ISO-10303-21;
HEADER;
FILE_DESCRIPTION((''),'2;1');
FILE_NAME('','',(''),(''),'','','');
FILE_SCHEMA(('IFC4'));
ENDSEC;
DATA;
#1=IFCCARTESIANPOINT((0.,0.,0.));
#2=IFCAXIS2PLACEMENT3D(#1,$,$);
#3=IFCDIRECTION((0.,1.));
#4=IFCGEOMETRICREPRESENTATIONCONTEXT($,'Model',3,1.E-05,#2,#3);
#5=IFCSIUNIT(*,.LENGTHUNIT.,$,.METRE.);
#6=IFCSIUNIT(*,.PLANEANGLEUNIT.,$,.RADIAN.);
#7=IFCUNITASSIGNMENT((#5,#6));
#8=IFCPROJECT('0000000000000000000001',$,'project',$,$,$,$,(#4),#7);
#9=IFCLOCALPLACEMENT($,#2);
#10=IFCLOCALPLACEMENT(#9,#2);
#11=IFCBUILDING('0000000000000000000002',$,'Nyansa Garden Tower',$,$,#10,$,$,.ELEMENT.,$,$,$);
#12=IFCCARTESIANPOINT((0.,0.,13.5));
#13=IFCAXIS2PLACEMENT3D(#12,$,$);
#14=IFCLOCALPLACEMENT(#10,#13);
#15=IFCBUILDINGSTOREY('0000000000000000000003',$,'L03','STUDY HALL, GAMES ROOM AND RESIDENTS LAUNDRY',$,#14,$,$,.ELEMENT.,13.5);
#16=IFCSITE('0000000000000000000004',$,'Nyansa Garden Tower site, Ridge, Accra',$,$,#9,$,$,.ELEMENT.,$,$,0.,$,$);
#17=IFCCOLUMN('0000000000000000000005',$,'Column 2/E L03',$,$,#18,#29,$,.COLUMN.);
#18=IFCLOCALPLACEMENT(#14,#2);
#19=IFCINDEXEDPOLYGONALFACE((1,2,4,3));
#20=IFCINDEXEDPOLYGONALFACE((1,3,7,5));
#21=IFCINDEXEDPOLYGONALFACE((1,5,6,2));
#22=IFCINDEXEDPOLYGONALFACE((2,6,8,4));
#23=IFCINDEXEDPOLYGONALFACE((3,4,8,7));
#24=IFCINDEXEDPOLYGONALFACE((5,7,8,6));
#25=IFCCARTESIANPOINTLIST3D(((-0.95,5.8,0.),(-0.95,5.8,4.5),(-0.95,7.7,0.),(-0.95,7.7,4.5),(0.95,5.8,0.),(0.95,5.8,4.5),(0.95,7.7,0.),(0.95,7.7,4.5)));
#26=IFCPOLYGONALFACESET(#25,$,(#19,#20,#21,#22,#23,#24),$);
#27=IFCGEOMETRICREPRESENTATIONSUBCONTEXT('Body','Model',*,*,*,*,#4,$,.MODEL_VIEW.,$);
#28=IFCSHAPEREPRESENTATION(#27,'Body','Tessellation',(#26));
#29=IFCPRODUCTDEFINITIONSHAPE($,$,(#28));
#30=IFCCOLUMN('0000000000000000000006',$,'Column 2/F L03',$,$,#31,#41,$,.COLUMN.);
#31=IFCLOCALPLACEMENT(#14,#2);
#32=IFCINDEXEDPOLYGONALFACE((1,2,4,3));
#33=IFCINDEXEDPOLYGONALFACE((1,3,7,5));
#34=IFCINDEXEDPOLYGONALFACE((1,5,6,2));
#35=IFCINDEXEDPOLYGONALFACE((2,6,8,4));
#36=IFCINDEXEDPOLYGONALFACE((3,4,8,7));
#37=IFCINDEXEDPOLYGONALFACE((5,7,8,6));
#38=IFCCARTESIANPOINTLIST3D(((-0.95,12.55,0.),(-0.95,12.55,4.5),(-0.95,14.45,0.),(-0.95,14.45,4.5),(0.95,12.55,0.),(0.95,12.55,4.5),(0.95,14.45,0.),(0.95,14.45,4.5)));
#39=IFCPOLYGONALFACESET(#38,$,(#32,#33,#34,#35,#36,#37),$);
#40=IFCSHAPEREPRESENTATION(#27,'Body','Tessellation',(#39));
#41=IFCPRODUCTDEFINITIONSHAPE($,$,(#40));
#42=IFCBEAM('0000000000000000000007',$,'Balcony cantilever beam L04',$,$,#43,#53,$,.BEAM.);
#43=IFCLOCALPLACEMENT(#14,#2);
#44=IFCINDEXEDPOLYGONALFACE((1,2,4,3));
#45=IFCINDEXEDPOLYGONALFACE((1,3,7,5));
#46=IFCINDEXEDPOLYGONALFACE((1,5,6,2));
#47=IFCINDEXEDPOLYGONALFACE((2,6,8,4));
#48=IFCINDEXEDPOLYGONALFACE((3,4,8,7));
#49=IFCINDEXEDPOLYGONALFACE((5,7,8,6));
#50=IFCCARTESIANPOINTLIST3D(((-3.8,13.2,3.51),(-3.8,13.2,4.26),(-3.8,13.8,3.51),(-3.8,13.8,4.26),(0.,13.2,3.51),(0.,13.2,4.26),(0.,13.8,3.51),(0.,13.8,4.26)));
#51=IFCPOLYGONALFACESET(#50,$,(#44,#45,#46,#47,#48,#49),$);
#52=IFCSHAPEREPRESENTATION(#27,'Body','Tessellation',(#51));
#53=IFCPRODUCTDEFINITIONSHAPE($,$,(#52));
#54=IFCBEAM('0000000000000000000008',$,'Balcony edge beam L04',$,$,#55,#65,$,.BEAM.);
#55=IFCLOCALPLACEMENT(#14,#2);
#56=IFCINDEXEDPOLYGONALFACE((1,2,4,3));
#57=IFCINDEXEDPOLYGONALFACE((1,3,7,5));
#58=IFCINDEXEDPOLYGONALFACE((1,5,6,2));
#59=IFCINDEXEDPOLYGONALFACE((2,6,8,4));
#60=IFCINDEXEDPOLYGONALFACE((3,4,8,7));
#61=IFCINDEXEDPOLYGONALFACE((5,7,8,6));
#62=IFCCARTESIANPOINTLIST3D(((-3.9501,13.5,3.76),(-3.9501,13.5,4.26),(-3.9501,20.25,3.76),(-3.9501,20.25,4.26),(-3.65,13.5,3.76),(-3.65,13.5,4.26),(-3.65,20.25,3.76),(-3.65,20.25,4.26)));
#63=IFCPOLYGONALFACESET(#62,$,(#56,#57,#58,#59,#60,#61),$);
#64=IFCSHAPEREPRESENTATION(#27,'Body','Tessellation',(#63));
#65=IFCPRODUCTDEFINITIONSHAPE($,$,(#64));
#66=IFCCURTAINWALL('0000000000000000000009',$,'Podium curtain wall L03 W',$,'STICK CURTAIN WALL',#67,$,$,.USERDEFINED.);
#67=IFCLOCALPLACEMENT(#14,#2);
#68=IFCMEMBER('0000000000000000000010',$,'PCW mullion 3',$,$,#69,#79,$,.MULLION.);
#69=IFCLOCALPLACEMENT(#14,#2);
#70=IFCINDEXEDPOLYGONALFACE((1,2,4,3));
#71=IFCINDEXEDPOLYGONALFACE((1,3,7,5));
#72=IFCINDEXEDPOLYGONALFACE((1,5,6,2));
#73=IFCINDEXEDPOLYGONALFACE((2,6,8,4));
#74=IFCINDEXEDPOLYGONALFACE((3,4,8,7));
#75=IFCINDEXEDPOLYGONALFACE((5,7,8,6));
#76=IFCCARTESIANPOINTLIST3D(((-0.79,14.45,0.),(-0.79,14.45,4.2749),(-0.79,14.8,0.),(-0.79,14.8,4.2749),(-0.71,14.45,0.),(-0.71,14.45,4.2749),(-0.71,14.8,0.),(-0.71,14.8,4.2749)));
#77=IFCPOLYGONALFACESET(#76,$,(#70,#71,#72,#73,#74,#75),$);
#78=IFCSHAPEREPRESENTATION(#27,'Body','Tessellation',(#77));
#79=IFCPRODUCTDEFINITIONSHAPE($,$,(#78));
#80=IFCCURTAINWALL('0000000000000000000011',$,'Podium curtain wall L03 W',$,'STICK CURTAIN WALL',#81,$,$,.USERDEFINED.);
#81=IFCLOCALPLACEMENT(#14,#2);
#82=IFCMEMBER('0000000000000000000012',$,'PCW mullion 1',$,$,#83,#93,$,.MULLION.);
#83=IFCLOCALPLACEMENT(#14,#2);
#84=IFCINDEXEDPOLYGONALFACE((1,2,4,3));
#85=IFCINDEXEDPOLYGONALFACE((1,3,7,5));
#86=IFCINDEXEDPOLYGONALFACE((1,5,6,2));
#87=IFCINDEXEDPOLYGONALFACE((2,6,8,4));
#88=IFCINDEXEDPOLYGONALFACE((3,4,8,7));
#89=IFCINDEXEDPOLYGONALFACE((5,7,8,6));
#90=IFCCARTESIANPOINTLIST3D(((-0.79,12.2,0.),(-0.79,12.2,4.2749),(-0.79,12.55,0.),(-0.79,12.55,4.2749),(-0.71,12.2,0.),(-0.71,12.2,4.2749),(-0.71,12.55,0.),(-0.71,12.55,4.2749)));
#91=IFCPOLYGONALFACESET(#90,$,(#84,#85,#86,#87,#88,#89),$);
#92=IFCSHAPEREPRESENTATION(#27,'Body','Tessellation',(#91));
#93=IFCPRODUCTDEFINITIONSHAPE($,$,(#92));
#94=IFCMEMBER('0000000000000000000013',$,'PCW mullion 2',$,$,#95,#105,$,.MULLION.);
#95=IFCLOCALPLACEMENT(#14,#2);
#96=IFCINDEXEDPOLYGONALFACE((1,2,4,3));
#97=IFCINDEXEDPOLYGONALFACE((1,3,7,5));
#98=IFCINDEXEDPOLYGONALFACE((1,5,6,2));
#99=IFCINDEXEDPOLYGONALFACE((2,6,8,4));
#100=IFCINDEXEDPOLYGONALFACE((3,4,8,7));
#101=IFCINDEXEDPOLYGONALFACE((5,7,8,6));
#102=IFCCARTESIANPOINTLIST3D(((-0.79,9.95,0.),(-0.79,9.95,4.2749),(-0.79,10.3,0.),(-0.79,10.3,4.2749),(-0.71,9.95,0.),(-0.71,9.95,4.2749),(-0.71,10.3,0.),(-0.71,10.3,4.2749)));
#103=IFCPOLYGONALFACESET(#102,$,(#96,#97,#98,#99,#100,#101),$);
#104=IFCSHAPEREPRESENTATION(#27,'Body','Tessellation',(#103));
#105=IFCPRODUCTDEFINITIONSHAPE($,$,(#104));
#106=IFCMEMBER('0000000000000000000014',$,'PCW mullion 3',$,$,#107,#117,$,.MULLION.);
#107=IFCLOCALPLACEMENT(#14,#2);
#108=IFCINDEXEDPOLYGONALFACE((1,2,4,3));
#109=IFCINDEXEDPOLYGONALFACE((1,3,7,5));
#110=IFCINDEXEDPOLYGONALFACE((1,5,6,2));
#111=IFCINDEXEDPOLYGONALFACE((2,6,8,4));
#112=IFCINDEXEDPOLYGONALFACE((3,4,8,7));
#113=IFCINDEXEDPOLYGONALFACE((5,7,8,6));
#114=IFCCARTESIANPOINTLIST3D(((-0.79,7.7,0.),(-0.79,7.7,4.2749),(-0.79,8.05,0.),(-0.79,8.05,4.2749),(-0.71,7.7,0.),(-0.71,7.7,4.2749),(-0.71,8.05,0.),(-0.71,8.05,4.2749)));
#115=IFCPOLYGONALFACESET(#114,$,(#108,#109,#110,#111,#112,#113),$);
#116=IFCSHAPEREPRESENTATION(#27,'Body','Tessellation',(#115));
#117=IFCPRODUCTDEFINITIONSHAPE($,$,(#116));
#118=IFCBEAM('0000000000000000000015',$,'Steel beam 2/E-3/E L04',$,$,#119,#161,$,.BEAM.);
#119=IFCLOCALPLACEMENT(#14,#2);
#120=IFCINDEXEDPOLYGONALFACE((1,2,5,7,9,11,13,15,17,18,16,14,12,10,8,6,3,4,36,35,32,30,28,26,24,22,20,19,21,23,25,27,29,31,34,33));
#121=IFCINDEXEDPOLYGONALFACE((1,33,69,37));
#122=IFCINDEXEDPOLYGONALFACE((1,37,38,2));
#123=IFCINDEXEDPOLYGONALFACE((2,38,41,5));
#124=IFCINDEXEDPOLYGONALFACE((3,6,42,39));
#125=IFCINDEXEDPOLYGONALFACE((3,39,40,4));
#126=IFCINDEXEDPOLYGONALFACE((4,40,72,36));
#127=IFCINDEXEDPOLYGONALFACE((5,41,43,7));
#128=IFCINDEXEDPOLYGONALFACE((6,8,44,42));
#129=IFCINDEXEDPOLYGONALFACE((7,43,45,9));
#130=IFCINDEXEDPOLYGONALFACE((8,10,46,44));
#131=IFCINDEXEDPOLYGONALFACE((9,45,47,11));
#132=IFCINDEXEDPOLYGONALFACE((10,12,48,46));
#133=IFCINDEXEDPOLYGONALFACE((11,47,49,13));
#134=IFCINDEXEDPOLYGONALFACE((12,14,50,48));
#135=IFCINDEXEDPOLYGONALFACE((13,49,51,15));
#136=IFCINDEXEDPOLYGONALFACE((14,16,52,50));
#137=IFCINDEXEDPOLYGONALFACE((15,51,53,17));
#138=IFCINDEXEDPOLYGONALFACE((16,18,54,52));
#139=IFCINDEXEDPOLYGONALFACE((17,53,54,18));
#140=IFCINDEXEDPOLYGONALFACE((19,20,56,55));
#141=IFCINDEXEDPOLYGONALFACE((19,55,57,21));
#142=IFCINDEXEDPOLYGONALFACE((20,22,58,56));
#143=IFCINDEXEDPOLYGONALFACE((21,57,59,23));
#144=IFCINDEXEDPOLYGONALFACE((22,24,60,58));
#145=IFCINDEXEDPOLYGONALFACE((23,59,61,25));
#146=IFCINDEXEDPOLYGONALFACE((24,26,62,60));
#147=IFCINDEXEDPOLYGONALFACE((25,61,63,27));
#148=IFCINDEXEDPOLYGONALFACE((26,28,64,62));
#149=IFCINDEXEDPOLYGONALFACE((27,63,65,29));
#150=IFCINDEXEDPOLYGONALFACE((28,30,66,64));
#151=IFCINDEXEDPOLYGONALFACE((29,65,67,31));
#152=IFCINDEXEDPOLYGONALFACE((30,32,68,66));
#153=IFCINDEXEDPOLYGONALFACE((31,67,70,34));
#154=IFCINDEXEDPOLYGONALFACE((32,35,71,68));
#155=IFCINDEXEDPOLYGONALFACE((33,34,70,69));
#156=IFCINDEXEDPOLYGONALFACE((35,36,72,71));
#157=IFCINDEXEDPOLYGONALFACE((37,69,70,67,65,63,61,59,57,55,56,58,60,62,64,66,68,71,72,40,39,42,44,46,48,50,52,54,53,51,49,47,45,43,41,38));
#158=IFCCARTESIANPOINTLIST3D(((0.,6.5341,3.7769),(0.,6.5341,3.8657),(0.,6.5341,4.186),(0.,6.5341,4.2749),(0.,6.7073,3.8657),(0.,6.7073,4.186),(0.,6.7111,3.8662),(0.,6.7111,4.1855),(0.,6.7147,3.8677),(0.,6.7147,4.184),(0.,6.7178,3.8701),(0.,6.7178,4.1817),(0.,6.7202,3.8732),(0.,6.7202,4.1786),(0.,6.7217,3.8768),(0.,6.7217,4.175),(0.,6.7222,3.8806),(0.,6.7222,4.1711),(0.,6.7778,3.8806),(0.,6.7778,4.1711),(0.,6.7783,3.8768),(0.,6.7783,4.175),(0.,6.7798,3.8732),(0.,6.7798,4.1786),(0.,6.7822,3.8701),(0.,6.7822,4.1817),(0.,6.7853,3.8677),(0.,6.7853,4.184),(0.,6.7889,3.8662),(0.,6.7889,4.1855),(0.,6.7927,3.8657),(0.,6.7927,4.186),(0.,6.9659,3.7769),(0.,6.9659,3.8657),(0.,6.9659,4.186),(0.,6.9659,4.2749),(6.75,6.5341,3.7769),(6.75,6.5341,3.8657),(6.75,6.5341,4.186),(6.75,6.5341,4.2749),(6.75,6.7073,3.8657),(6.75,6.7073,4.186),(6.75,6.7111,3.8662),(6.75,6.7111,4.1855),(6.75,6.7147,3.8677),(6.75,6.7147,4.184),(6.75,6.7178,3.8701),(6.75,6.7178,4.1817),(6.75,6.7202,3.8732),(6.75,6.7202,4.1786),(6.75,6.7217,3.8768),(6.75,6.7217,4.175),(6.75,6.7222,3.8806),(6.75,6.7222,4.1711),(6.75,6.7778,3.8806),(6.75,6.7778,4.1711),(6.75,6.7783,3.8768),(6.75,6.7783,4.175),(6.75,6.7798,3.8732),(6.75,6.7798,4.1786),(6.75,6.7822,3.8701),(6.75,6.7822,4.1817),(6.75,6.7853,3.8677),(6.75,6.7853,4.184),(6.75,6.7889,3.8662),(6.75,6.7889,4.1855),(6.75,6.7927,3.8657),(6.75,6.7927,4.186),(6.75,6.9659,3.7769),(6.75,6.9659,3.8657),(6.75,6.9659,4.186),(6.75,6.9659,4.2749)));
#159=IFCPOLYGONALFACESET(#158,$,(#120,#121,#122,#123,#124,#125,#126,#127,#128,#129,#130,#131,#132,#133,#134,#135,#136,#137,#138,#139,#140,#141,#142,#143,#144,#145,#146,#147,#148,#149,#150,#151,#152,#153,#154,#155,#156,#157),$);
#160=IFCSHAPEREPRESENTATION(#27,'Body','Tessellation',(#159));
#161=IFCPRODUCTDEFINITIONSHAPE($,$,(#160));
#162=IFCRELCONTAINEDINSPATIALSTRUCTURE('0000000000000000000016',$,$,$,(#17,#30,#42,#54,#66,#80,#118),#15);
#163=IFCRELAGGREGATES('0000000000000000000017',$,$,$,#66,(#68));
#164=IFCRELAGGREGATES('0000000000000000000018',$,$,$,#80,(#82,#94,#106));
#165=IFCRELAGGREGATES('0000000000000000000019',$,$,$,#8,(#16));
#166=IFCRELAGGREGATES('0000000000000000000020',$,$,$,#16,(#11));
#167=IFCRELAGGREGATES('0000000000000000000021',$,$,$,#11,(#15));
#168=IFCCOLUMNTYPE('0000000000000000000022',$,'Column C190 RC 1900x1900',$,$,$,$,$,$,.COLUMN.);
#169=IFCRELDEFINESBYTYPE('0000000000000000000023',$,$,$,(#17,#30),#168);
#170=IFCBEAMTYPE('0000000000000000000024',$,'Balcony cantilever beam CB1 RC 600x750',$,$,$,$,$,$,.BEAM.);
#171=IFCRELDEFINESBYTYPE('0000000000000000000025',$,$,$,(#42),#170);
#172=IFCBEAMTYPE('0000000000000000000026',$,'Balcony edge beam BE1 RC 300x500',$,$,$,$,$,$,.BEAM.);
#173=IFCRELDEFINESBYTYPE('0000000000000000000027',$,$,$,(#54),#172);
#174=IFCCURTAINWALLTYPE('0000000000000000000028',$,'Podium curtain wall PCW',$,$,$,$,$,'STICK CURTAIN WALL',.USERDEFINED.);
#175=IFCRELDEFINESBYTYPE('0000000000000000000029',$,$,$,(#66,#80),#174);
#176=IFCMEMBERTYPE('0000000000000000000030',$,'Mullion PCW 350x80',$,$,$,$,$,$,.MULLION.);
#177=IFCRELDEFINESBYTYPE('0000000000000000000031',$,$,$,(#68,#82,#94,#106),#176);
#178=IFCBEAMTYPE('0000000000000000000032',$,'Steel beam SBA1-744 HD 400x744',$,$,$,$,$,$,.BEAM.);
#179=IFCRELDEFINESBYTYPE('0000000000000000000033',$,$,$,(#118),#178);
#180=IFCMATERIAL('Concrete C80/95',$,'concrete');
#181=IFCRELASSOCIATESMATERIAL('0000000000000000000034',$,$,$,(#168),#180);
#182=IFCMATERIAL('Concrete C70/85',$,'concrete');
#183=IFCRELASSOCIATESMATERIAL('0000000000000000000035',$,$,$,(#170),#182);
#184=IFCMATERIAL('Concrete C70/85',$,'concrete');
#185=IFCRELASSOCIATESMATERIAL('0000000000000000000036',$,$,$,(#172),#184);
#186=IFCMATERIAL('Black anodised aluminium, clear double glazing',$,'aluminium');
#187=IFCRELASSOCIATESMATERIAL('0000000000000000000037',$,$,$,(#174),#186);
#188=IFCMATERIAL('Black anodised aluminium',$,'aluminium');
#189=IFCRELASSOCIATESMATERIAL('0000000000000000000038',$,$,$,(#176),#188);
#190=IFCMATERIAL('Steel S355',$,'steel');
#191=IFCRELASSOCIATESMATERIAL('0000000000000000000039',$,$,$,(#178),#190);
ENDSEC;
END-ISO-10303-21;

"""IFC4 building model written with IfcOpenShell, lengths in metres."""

from ifc_helpers import new_model, si_unit, direction, frame, origin, origin_2d, place, context, subcontext, project, spatial, rectangle, i_section, extrude, material, material_profile, profile_set, type_object, element, aggregate, save


model = new_model("IFC4")

# Units and contexts
model_context = context("Model", 3, precision=1e-05, world=origin(), true_north=direction((0.0, 1.0)))
body_context = subcontext(model_context, "Body", "Model", "MODEL_VIEW")
ifc_project = project(units=[si_unit("LENGTHUNIT", "METRE"), si_unit("PLANEANGLEUNIT", "RADIAN")], contexts=[model_context])

# Site, building, storey
site_placement = place(None, origin())
site = spatial("IfcSite", under=ifc_project, at=site_placement, Name="Nyansa Garden Tower site, Ridge, Accra", CompositionType="ELEMENT", RefElevation=0.0)
building_placement = place(site_placement, origin())
building = spatial("IfcBuilding", under=site, at=building_placement, Name="Nyansa Garden Tower", CompositionType="ELEMENT")
storey_placement = place(building_placement, frame((0.0, 0.0, 13.5)))
storey = spatial("IfcBuildingStorey", under=building, at=storey_placement, Name="L03", Description="STUDY HALL, GAMES ROOM AND RESIDENTS LAUNDRY", CompositionType="ELEMENT", Elevation=13.5)

# Columns
ifc_material_1 = material(Name="Concrete C80/95", Category="concrete")
ifc_material_profile_1 = material_profile(ifc_material_1, rectangle(XDim=1.8999, YDim=1.8999, at=origin_2d()), Name="RC 1900x1900")
ifc_profile_set_1 = profile_set([ifc_material_profile_1], Name="Concrete C80/95")
column_type = type_object("IfcColumnType", Name="Column C190 RC 1900x1900", PredefinedType="COLUMN", material=ifc_profile_set_1)
for number, where, z_axis, x_axis, name in (
    (1, (0.0, 6.75, 0.0), (0.0, 0.0, 1.0), (1.0, 0.0, 0.0), "Column 2/E L03"),
    (2, (0.0, 13.5, 0.0), (0.0, 0.0, 1.0), (1.0, 0.0, 0.0), "Column 2/F L03"),
):
    element("IfcColumn", number, at=place(storey_placement, frame(where, z_axis=z_axis, x_axis=x_axis)), inside=storey, type_object=column_type, Name=name, PredefinedType="COLUMN", context=body_context, shape_type="SweptSolid", body=[
        extrude(rectangle(XDim=1.8999, YDim=1.8999, at=origin_2d()), origin(), (0.0, 0.0, 1.0), 4.5),
    ])

# Beams
ifc_material_2 = material(Name="Concrete C70/85", Category="concrete")
ifc_material_profile_2 = material_profile(ifc_material_2, rectangle(XDim=0.6001, YDim=0.75, at=origin_2d()), Name="RC 600x750")
ifc_profile_set_2 = profile_set([ifc_material_profile_2], Name="Concrete C70/85")
beam_type_1 = type_object("IfcBeamType", Name="Balcony cantilever beam CB1 RC 600x750", PredefinedType="BEAM", material=ifc_profile_set_2)
beam_1_placement = place(storey_placement, frame((0.0, 13.5, 3.885), z_axis=(-1.0, 0.0, 0.0), x_axis=(0.0, -1.0, 0.0)))
element("IfcBeam", 3, at=beam_1_placement, inside=storey, type_object=beam_type_1, Name="Balcony cantilever beam L04", PredefinedType="BEAM", context=body_context, shape_type="SweptSolid", body=[
    extrude(rectangle(XDim=0.6001, YDim=0.75, at=origin_2d()), origin(), (0.0, 0.0, 1.0), 3.8),
])
ifc_material_3 = material(Name="Concrete C70/85", Category="concrete")
ifc_material_profile_3 = material_profile(ifc_material_3, rectangle(XDim=0.3, YDim=0.5, at=origin_2d()), Name="RC 300x500")
ifc_profile_set_3 = profile_set([ifc_material_profile_3], Name="Concrete C70/85")
beam_type_2 = type_object("IfcBeamType", Name="Balcony edge beam BE1 RC 300x500", PredefinedType="BEAM", material=ifc_profile_set_3)
beam_2_placement = place(storey_placement, frame((-3.8, 13.5, 4.01), z_axis=(0.0, 1.0, 0.0), x_axis=(-1.0, 0.0, 0.0)))
element("IfcBeam", 4, at=beam_2_placement, inside=storey, type_object=beam_type_2, Name="Balcony edge beam L04", PredefinedType="BEAM", context=body_context, shape_type="SweptSolid", body=[
    extrude(rectangle(XDim=0.3, YDim=0.5, at=origin_2d()), origin(), (0.0, 0.0, 1.0), 6.75),
])

# Curtain wall, member
ifc_material_4 = material(Name="Black anodised aluminium, clear double glazing", Category="aluminium")
curtain_wall_type = type_object("IfcCurtainWallType", Name="Podium curtain wall PCW", ElementType="STICK CURTAIN WALL", PredefinedType="USERDEFINED", material=ifc_material_4)
curtain_wall_1_placement = place(storey_placement, origin())
curtain_wall_1 = element("IfcCurtainWall", 5, at=curtain_wall_1_placement, inside=storey, type_object=curtain_wall_type, Name="Podium curtain wall L03 W", ObjectType="STICK CURTAIN WALL", PredefinedType="USERDEFINED")
ifc_material_5 = material(Name="Black anodised aluminium", Category="aluminium")
ifc_material_profile_4 = material_profile(ifc_material_5, rectangle(XDim=0.0801, YDim=0.3501, at=origin_2d()), Name="Mullion 350x80")
ifc_profile_set_4 = profile_set([ifc_material_profile_4], Name="Black anodised aluminium")
member_type_1 = type_object("IfcMemberType", Name="Mullion PCW 350x80", PredefinedType="MULLION", material=ifc_profile_set_4)
member_1_placement = place(storey_placement, frame((-0.75, 14.625, 0.0), z_axis=(0.0, 0.0, 1.0), x_axis=(1.0, 0.0, 0.0)))
member_1 = element("IfcMember", 6, at=member_1_placement, type_object=member_type_1, Name="PCW mullion 3", PredefinedType="MULLION", context=body_context, shape_type="SweptSolid", body=[
    extrude(rectangle(XDim=0.0801, YDim=0.3501, at=origin_2d()), origin(), (0.0, 0.0, 1.0), 4.2749),
])

# Curtain wall, members
curtain_wall_2_placement = place(storey_placement, origin())
curtain_wall_2 = element("IfcCurtainWall", 7, at=curtain_wall_2_placement, inside=storey, type_object=curtain_wall_type, Name="Podium curtain wall L03 W", ObjectType="STICK CURTAIN WALL", PredefinedType="USERDEFINED")
member_2_placement = place(storey_placement, frame((-0.75, 12.375, 0.0), z_axis=(0.0, 0.0, 1.0), x_axis=(1.0, 0.0, 0.0)))
member_2 = element("IfcMember", 8, at=member_2_placement, type_object=member_type_1, Name="PCW mullion 1", PredefinedType="MULLION", context=body_context, shape_type="SweptSolid", body=[
    extrude(rectangle(XDim=0.0801, YDim=0.3501, at=origin_2d()), origin(), (0.0, 0.0, 1.0), 4.2749),
])
member_3_placement = place(storey_placement, frame((-0.75, 10.125, 0.0), z_axis=(0.0, 0.0, 1.0), x_axis=(1.0, 0.0, 0.0)))
member_3 = element("IfcMember", 9, at=member_3_placement, type_object=member_type_1, Name="PCW mullion 2", PredefinedType="MULLION", context=body_context, shape_type="SweptSolid", body=[
    extrude(rectangle(XDim=0.0801, YDim=0.3501, at=origin_2d()), origin(), (0.0, 0.0, 1.0), 4.2749),
])
member_4_placement = place(storey_placement, frame((-0.75, 7.875, 0.0), z_axis=(0.0, 0.0, 1.0), x_axis=(1.0, 0.0, 0.0)))
member_4 = element("IfcMember", 10, at=member_4_placement, type_object=member_type_1, Name="PCW mullion 3", PredefinedType="MULLION", context=body_context, shape_type="SweptSolid", body=[
    extrude(rectangle(XDim=0.0801, YDim=0.3501, at=origin_2d()), origin(), (0.0, 0.0, 1.0), 4.2749),
])

# Beam
ifc_material_6 = material(Name="Steel S355", Category="steel")
ifc_material_profile_5 = material_profile(ifc_material_6, i_section(OverallWidth=0.4319, OverallDepth=0.498, WebThickness=0.0557, FlangeThickness=0.0889, FilletRadius=0.0149, at=origin_2d()), Name="HD 400x744")
ifc_profile_set_5 = profile_set([ifc_material_profile_5], Name="Steel S355")
beam_type_3 = type_object("IfcBeamType", Name="Steel beam SBA1-744 HD 400x744", PredefinedType="BEAM", material=ifc_profile_set_5)
for number, where, z_axis, x_axis, name in (
    (11, (0.0, 6.75, 4.0259), (1.0, 0.0, 0.0), (0.0, 1.0, 0.0), "Steel beam 2/E-3/E L04"),
):
    element("IfcBeam", number, at=place(storey_placement, frame(where, z_axis=z_axis, x_axis=x_axis)), inside=storey, type_object=beam_type_3, Name=name, PredefinedType="BEAM", context=body_context, shape_type="SweptSolid", body=[
        extrude(i_section(OverallWidth=0.4319, OverallDepth=0.498, WebThickness=0.0557, FlangeThickness=0.0889, FilletRadius=0.0149, at=origin_2d()), origin(), (0.0, 0.0, 1.0), 6.75),
    ])

aggregate(curtain_wall_1, [member_1])
aggregate(curtain_wall_2, [member_2, member_3, member_4])

save(model, "model.ifc")
